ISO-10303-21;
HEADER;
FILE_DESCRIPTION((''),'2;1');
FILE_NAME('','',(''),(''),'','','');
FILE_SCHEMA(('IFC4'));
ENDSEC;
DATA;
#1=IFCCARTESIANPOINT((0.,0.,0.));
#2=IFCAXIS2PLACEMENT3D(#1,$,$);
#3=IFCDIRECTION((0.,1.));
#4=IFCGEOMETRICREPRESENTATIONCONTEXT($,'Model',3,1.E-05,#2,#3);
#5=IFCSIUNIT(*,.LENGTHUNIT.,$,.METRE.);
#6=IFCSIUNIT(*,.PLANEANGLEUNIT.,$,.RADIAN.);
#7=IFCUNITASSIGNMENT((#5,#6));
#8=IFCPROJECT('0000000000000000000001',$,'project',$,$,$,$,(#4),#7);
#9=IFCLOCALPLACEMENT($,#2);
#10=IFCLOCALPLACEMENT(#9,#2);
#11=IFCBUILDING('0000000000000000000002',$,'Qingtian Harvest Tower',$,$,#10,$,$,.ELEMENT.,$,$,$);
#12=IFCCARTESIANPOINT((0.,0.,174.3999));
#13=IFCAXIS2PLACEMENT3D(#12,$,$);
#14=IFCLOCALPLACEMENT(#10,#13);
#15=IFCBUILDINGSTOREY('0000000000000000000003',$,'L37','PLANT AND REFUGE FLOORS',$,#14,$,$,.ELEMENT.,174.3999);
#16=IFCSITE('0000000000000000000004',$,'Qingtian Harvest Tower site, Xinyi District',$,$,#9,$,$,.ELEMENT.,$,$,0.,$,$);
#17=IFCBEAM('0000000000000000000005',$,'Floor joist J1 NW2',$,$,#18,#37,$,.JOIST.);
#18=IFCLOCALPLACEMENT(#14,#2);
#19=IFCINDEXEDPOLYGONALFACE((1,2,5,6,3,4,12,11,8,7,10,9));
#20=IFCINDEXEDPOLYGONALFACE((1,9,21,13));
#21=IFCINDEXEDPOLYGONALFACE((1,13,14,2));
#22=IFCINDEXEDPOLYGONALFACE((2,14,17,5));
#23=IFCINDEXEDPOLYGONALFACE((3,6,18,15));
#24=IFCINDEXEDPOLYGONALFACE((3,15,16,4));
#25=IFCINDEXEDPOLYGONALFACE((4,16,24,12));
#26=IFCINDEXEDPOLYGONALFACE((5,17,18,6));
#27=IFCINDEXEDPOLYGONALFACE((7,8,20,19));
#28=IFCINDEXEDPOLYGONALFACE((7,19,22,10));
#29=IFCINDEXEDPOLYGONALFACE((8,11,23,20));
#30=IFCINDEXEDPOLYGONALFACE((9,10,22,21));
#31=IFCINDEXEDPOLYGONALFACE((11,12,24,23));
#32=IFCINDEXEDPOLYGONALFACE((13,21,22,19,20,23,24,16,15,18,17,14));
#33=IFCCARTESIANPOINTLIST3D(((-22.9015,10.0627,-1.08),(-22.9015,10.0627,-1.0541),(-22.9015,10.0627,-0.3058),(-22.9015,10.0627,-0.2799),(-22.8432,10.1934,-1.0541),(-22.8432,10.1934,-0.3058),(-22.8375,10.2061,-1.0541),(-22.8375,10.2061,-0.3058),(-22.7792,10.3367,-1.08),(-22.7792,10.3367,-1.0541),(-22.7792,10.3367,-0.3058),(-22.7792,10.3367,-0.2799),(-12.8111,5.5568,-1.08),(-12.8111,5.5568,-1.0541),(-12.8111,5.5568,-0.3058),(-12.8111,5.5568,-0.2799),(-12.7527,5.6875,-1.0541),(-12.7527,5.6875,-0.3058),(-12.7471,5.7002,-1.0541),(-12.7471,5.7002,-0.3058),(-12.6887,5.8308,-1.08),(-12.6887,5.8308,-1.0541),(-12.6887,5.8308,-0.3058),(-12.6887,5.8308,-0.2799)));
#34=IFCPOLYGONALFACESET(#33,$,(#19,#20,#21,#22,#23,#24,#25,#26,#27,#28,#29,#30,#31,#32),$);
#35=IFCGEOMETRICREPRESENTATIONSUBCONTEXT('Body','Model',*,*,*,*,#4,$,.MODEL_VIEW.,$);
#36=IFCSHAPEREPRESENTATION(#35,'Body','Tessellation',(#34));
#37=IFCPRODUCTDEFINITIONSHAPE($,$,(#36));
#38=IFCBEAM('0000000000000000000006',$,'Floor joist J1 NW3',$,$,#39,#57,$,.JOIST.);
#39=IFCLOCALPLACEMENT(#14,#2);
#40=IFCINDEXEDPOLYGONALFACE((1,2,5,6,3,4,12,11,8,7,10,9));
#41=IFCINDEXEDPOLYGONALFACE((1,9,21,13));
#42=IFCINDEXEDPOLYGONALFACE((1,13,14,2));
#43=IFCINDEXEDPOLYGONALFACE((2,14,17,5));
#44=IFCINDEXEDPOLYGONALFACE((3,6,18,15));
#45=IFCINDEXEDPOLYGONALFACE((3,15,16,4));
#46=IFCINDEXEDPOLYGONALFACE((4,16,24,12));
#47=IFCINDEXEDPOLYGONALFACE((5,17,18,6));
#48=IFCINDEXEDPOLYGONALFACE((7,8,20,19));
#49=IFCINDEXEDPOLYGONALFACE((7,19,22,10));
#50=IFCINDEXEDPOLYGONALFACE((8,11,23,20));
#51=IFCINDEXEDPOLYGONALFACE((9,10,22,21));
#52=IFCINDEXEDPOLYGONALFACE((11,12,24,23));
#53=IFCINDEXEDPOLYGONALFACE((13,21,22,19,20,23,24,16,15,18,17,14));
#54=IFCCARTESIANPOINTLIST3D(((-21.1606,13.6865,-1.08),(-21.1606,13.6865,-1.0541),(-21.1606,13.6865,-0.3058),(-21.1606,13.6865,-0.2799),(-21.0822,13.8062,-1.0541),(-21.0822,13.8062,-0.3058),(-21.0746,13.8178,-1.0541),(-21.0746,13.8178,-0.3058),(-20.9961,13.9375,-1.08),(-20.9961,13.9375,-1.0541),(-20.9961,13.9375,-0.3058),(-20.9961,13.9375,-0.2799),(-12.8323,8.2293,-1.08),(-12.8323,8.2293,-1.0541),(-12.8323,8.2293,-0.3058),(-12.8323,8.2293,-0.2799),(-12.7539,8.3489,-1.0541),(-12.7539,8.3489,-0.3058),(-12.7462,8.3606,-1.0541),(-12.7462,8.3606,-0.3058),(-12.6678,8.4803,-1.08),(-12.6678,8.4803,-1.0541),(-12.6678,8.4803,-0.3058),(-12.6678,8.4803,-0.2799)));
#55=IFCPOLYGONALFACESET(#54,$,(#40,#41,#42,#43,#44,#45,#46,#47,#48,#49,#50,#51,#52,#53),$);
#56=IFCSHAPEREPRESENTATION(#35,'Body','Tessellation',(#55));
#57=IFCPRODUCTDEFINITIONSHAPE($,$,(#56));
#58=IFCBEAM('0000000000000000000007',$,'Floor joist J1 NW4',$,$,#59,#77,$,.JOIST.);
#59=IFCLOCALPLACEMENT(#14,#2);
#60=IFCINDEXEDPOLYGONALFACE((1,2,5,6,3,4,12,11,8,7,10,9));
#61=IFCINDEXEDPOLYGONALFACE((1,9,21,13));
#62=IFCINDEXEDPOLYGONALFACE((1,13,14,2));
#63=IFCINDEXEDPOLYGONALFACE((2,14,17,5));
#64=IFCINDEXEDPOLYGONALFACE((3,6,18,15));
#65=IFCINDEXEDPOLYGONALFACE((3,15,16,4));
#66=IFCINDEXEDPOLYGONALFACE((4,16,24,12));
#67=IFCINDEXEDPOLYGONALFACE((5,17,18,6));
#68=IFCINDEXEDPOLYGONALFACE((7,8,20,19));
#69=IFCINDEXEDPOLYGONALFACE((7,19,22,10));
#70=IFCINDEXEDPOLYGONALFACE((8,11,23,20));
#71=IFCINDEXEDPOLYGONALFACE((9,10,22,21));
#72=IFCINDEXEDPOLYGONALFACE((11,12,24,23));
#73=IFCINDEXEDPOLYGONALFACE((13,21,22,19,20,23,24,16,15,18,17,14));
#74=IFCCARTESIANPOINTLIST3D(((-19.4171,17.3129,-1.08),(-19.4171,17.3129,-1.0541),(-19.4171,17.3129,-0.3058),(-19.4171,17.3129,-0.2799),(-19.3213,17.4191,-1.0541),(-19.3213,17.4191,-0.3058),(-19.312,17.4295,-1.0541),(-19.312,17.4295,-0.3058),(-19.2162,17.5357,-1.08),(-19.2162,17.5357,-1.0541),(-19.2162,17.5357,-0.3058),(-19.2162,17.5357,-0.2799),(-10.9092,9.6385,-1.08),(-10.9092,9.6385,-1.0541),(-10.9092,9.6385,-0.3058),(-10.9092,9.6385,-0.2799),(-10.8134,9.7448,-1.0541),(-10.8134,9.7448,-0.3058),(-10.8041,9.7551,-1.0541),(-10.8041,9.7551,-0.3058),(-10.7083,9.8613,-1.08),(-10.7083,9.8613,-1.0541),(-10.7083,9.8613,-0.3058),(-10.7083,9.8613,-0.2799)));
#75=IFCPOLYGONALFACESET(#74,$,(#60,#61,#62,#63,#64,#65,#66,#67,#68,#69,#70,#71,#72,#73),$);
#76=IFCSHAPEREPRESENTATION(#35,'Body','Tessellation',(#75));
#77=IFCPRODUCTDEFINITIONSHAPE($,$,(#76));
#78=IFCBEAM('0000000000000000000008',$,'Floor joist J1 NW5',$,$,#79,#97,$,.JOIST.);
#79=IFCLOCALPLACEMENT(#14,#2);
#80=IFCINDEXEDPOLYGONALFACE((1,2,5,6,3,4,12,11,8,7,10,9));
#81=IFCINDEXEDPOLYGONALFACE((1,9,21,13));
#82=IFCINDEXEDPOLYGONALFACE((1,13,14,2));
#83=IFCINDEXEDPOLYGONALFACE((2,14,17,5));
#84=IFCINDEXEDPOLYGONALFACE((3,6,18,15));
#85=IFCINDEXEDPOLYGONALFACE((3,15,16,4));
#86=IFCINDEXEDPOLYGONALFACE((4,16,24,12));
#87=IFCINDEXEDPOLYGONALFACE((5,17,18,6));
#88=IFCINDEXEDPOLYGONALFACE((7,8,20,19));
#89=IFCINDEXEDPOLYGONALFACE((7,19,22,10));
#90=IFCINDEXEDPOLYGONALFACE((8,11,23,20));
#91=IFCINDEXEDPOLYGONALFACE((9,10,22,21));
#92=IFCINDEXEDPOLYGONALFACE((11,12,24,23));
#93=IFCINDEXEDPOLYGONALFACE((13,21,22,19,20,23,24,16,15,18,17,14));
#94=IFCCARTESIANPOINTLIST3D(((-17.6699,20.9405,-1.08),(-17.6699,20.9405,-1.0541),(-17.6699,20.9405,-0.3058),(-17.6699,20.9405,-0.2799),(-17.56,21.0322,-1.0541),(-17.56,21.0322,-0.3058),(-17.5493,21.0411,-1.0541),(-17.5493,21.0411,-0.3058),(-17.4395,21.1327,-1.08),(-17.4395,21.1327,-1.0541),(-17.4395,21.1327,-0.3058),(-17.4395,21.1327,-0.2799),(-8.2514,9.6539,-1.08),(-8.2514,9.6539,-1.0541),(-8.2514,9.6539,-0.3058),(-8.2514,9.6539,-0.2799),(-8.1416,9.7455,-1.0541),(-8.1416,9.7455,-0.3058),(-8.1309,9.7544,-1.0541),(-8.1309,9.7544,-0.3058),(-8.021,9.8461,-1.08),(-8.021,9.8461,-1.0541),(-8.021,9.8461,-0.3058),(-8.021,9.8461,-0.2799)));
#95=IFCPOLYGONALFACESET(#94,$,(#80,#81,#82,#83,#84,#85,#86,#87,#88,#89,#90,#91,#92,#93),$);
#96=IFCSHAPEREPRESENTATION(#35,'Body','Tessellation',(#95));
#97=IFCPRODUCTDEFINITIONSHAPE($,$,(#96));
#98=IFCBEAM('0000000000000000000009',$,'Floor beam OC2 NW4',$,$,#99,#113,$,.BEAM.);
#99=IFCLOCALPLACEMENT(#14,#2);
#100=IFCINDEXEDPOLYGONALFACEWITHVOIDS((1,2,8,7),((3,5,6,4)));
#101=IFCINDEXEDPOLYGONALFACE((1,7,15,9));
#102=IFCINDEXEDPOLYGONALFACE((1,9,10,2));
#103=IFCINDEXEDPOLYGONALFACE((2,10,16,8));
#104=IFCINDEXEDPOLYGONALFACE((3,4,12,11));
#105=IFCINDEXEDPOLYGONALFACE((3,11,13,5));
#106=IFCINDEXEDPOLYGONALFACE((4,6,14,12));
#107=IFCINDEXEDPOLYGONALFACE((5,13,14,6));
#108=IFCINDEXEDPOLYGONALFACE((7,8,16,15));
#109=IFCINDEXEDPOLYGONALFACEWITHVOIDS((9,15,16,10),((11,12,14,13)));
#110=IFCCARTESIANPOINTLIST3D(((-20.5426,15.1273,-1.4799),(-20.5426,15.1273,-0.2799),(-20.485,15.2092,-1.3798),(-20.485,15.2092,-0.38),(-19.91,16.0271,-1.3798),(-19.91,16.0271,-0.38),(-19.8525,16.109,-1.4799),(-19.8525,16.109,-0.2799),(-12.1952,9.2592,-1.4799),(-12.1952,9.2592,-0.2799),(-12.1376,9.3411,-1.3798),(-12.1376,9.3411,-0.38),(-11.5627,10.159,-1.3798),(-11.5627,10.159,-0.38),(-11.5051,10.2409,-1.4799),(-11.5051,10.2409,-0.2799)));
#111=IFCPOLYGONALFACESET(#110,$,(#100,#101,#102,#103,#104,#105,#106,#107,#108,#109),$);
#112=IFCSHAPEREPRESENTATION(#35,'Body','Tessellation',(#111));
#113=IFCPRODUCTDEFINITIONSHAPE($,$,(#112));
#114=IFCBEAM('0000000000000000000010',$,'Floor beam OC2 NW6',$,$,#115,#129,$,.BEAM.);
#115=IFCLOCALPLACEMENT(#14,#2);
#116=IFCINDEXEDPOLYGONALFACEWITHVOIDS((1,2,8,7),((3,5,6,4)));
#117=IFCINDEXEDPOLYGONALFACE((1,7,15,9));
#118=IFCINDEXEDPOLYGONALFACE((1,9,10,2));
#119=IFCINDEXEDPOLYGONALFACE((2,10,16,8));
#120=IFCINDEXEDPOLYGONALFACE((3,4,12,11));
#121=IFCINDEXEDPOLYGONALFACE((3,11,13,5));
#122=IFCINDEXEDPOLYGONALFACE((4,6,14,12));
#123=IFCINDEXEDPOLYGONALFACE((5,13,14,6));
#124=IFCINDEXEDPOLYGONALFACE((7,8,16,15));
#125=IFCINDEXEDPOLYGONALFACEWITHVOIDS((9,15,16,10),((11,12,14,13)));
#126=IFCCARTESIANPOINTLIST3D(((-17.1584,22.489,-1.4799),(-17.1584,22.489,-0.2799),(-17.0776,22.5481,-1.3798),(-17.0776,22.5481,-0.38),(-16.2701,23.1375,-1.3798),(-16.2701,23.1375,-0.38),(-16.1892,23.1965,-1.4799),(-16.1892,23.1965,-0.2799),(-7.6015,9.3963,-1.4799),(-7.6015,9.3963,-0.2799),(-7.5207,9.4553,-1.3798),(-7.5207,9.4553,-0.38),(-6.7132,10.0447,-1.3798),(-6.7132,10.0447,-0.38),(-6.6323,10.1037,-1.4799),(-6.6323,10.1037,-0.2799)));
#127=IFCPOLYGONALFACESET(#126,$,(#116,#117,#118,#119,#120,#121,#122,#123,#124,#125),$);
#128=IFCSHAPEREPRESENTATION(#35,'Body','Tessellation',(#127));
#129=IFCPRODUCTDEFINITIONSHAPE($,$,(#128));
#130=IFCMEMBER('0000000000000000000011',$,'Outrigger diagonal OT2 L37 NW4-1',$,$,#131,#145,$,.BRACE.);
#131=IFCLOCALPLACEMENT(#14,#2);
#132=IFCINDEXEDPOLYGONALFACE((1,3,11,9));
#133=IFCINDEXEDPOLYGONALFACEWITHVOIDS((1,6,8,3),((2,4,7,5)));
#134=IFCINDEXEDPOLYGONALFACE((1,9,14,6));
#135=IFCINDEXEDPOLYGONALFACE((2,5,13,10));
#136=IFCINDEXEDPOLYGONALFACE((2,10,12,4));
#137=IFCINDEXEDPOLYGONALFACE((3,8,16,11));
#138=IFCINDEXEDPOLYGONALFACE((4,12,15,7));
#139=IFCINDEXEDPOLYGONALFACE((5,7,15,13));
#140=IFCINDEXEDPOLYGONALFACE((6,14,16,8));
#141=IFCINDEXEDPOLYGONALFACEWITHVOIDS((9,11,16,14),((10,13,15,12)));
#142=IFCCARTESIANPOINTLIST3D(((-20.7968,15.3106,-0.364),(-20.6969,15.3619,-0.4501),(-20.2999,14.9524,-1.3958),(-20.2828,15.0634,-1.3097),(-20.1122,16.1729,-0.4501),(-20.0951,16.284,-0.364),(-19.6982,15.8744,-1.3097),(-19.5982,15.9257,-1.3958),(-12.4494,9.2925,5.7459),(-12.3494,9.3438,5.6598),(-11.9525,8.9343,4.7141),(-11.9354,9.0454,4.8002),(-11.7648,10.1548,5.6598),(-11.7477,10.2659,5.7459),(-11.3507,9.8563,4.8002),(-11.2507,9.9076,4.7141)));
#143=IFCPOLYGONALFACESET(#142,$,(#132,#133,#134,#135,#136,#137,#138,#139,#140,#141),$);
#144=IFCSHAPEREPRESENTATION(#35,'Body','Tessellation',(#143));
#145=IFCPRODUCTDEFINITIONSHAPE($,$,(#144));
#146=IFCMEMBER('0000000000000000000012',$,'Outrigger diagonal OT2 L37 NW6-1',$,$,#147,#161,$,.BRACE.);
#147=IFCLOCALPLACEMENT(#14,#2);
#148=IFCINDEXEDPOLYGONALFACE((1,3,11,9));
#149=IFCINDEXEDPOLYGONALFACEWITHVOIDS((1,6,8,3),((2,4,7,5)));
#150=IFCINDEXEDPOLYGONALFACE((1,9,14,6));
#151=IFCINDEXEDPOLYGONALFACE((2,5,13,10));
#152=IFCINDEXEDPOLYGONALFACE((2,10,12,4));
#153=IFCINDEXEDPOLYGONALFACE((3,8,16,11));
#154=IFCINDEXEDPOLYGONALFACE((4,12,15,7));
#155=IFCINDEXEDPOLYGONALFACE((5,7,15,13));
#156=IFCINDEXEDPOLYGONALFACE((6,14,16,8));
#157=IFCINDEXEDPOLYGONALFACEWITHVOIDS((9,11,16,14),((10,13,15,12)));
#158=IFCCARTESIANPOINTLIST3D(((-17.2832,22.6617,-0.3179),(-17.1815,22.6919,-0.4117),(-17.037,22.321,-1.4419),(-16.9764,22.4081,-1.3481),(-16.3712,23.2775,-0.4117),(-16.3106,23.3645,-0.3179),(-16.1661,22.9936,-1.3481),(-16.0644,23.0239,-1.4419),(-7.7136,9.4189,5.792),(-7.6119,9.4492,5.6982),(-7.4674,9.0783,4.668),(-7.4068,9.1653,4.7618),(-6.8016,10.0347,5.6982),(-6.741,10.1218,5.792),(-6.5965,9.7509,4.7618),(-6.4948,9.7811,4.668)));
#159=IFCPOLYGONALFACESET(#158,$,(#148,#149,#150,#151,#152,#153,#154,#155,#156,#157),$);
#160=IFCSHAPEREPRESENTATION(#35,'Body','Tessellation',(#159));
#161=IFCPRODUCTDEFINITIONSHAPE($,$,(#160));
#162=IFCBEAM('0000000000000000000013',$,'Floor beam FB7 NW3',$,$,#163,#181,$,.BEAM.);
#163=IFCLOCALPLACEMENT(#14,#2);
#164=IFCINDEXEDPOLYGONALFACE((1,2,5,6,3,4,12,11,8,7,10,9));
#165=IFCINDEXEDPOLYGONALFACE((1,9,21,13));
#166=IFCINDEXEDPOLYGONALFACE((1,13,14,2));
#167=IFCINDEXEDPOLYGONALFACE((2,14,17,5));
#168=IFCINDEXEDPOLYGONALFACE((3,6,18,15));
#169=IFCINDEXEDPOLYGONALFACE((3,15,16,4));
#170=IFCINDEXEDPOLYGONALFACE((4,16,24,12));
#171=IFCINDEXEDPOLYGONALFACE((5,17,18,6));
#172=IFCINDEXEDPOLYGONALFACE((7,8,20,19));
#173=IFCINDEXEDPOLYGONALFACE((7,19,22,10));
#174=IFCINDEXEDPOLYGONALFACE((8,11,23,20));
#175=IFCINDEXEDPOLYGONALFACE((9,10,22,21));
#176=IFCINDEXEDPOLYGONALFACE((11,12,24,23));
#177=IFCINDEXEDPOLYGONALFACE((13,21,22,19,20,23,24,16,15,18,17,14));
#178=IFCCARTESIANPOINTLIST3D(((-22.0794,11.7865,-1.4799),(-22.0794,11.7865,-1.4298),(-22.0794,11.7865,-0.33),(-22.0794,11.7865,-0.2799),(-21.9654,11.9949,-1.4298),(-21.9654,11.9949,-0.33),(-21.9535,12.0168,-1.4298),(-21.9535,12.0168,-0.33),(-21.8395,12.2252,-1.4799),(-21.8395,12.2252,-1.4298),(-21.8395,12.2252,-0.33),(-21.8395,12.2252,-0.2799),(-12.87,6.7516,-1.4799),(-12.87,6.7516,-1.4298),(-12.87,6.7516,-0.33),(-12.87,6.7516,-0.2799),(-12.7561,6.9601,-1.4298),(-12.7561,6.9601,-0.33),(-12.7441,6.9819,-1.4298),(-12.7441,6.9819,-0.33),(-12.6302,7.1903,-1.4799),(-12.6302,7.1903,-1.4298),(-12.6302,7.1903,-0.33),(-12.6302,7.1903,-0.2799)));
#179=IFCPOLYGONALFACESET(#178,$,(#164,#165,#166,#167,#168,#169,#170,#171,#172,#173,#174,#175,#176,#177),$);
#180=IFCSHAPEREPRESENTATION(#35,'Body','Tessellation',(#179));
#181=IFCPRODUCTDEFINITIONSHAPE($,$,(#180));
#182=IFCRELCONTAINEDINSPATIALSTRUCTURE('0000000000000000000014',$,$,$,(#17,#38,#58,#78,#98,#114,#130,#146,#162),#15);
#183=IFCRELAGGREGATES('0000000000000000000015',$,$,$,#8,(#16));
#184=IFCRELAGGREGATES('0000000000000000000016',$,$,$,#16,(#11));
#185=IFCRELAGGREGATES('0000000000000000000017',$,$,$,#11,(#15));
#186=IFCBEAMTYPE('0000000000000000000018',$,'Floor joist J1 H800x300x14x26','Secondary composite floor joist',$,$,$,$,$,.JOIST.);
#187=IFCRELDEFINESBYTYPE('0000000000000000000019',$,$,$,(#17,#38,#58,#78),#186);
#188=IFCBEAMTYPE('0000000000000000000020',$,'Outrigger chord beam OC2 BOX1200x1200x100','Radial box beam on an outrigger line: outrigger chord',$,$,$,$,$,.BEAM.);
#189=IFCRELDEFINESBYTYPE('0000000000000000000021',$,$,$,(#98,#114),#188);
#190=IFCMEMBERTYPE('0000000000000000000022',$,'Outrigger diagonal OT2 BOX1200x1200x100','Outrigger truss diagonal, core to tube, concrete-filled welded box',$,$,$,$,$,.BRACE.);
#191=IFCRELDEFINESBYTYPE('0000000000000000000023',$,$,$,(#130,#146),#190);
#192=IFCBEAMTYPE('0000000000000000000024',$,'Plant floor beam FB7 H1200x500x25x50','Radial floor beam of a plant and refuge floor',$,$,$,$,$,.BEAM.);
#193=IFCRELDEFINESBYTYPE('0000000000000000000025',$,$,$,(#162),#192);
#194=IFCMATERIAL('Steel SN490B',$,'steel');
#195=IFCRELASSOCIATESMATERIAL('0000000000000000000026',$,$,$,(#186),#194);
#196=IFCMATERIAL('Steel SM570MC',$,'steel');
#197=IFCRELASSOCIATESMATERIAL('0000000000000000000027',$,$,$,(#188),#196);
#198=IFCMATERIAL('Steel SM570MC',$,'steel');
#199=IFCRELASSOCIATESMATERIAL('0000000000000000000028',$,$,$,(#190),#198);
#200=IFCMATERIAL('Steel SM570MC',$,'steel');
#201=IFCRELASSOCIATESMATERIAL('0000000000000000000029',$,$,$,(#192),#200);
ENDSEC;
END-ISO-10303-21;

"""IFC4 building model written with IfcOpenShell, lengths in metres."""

from ifc_helpers import new_model, si_unit, direction, frame, origin, origin_2d, place, context, subcontext, project, spatial, hollow_rectangle, i_section, extrude, material, material_profile, profile_set, type_object, element, save


model = new_model("IFC4")

# Units and contexts
model_context = context("Model", 3, precision=1e-05, world=origin(), true_north=direction((0.0, 1.0)))
body_context = subcontext(model_context, "Body", "Model", "MODEL_VIEW")
ifc_project = project(units=[si_unit("LENGTHUNIT", "METRE"), si_unit("PLANEANGLEUNIT", "RADIAN")], contexts=[model_context])

# Site, building, storey
site_placement = place(None, origin())
site = spatial("IfcSite", under=ifc_project, at=site_placement, Name="Qingtian Harvest Tower site, Xinyi District", CompositionType="ELEMENT", RefElevation=0.0)
building_placement = place(site_placement, origin())
building = spatial("IfcBuilding", under=site, at=building_placement, Name="Qingtian Harvest Tower", CompositionType="ELEMENT")
storey_placement = place(building_placement, frame((0.0, 0.0, 174.3999)))
storey = spatial("IfcBuildingStorey", under=building, at=storey_placement, Name="L37", Description="PLANT AND REFUGE FLOORS", CompositionType="ELEMENT", Elevation=174.3999)

# Beams
ifc_material_1 = material(Name="Steel SN490B", Category="steel")
ifc_material_profile_1 = material_profile(ifc_material_1, i_section(OverallWidth=0.3, OverallDepth=0.8, WebThickness=0.0139, FlangeThickness=0.0259, at=origin_2d()), Name="H800x300x14x26")
ifc_profile_set_1 = profile_set([ifc_material_profile_1], Name="Steel SN490B")
beam_type_1 = type_object("IfcBeamType", Name="Floor joist J1 H800x300x14x26", Description="Secondary composite floor joist", PredefinedType="JOIST", material=ifc_profile_set_1)
beam_1_placement = place(storey_placement, frame((-22.8403, 10.1997, -0.6799), z_axis=(0.913096, -0.407745, 0.0), x_axis=(0.407745, 0.913096, 0.0)))
element("IfcBeam", 1, at=beam_1_placement, inside=storey, type_object=beam_type_1, Name="Floor joist J1 NW2", PredefinedType="JOIST", context=body_context, shape_type="SweptSolid", body=[
    extrude(i_section(OverallWidth=0.3, OverallDepth=0.8, WebThickness=0.0139, FlangeThickness=0.0259, at=origin_2d()), origin(), (0.0, 0.0, 1.0), 11.0508),
])
beam_2_placement = place(storey_placement, frame((-21.0784, 13.812, -0.6799), z_axis=(0.836426, -0.548079, 0.0), x_axis=(0.548079, 0.836426, 0.0)))
element("IfcBeam", 2, at=beam_2_placement, inside=storey, type_object=beam_type_1, Name="Floor joist J1 NW3", PredefinedType="JOIST", context=body_context, shape_type="SweptSolid", body=[
    extrude(i_section(OverallWidth=0.3, OverallDepth=0.8, WebThickness=0.0139, FlangeThickness=0.0259, at=origin_2d()), origin(), (0.0, 0.0, 1.0), 9.957),
])
beam_3_placement = place(storey_placement, frame((-19.3167, 17.4243, -0.6799), z_axis=(0.742544, -0.669798, 0.0), x_axis=(0.669798, 0.742544, 0.0)))
element("IfcBeam", 3, at=beam_3_placement, inside=storey, type_object=beam_type_1, Name="Floor joist J1 NW4", PredefinedType="JOIST", context=body_context, shape_type="SweptSolid", body=[
    extrude(i_section(OverallWidth=0.3, OverallDepth=0.8, WebThickness=0.0139, FlangeThickness=0.0259, at=origin_2d()), origin(), (0.0, 0.0, 1.0), 11.4578),
])
beam_4_placement = place(storey_placement, frame((-17.5547, 21.0366, -0.6799), z_axis=(0.640704, -0.767788, 0.0), x_axis=(0.767788, 0.640704, 0.0)))
element("IfcBeam", 4, at=beam_4_placement, inside=storey, type_object=beam_type_1, Name="Floor joist J1 NW5", PredefinedType="JOIST", context=body_context, shape_type="SweptSolid", body=[
    extrude(i_section(OverallWidth=0.3, OverallDepth=0.8, WebThickness=0.0139, FlangeThickness=0.0259, at=origin_2d()), origin(), (0.0, 0.0, 1.0), 14.7002),
])
ifc_material_2 = material(Name="Steel SM570MC", Category="steel")
ifc_material_profile_2 = material_profile(ifc_material_2, hollow_rectangle(XDim=1.2, YDim=1.2, WallThickness=0.1001, at=origin_2d()), Name="BOX1200x1200x100")
ifc_profile_set_2 = profile_set([ifc_material_profile_2], Name="Steel SM570MC")
beam_type_2 = type_object("IfcBeamType", Name="Outrigger chord beam OC2 BOX1200x1200x100", Description="Radial box beam on an outrigger line: outrigger chord", PredefinedType="BEAM", material=ifc_profile_set_2)
beam_5_placement = place(storey_placement, frame((-20.1975, 15.6182, -0.8799), z_axis=(0.81808, -0.575104, 0.0), x_axis=(0.575104, 0.81808, 0.0)))
element("IfcBeam", 5, at=beam_5_placement, inside=storey, type_object=beam_type_2, Name="Floor beam OC2 NW4", PredefinedType="BEAM", context=body_context, shape_type="SweptSolid", body=[
    extrude(hollow_rectangle(XDim=1.2, YDim=1.2, WallThickness=0.1001, at=origin_2d()), origin(), (0.0, 0.0, 1.0), 10.2036),
])
beam_6_placement = place(storey_placement, frame((-16.6738, 22.8428, -0.8799), z_axis=(0.589578, -0.807712, 0.0), x_axis=(0.807712, 0.589578, 0.0)))
element("IfcBeam", 6, at=beam_6_placement, inside=storey, type_object=beam_type_2, Name="Floor beam OC2 NW6", PredefinedType="BEAM", context=body_context, shape_type="SweptSolid", body=[
    extrude(hollow_rectangle(XDim=1.2, YDim=1.2, WallThickness=0.1001, at=origin_2d()), origin(), (0.0, 0.0, 1.0), 16.2097),
])

# Members
ifc_material_3 = material(Name="Steel SM570MC", Category="steel")
ifc_material_profile_3 = material_profile(ifc_material_3, hollow_rectangle(XDim=1.2, YDim=1.2, WallThickness=0.1001, at=origin_2d()), Name="BOX1200x1200x100")
ifc_profile_set_3 = profile_set([ifc_material_profile_3], Name="Steel SM570MC")
member_type_1 = type_object("IfcMemberType", Name="Outrigger diagonal OT2 BOX1200x1200x100", Description="Outrigger truss diagonal, core to tube, concrete-filled welded box", PredefinedType="BRACE", material=ifc_profile_set_3)
member_1_placement = place(storey_placement, frame((-20.1975, 15.6182, -0.8799), z_axis=(0.697493, -0.502857, 0.510528), x_axis=(0.584812, 0.811169, 0.0)))
element("IfcMember", 7, at=member_1_placement, inside=storey, type_object=member_type_1, Name="Outrigger diagonal OT2 L37 NW4-1", PredefinedType="BRACE", context=body_context, shape_type="SweptSolid", body=[
    extrude(hollow_rectangle(XDim=1.2, YDim=1.2, WallThickness=0.1001, at=origin_2d()), origin(), (0.0, 0.0, 1.0), 11.9678),
])
member_2_placement = place(storey_placement, frame((-16.6738, 22.8428, -0.8799), z_axis=(0.548604, -0.759175, 0.350266), x_axis=(0.810522, 0.585709, 0.0)))
element("IfcMember", 8, at=member_2_placement, inside=storey, type_object=member_type_1, Name="Outrigger diagonal OT2 L37 NW6-1", PredefinedType="BRACE", context=body_context, shape_type="SweptSolid", body=[
    extrude(hollow_rectangle(XDim=1.2, YDim=1.2, WallThickness=0.1001, at=origin_2d()), origin(), (0.0, 0.0, 1.0), 17.4436),
])

# Beam
ifc_material_4 = material(Name="Steel SM570MC", Category="steel")
ifc_material_profile_4 = material_profile(ifc_material_4, i_section(OverallWidth=0.5, OverallDepth=1.2, WebThickness=0.0249, FlangeThickness=0.05, at=origin_2d()), Name="H1200x500x25x50")
ifc_profile_set_4 = profile_set([ifc_material_profile_4], Name="Steel SM570MC")
beam_type_3 = type_object("IfcBeamType", Name="Plant floor beam FB7 H1200x500x25x50", Description="Radial floor beam of a plant and refuge floor", PredefinedType="BEAM", material=ifc_profile_set_4)
beam_7_placement = place(storey_placement, frame((-21.9595, 12.0059, -0.8799), z_axis=(0.877432, -0.479701, 0.0), x_axis=(0.479701, 0.877432, 0.0)))
element("IfcBeam", 9, at=beam_7_placement, inside=storey, type_object=beam_type_3, Name="Floor beam FB7 NW3", PredefinedType="BEAM", context=body_context, shape_type="SweptSolid", body=[
    extrude(i_section(OverallWidth=0.5, OverallDepth=1.2, WebThickness=0.0249, FlangeThickness=0.05, at=origin_2d()), origin(), (0.0, 0.0, 1.0), 10.4958),
])

save(model, "model.ifc")
